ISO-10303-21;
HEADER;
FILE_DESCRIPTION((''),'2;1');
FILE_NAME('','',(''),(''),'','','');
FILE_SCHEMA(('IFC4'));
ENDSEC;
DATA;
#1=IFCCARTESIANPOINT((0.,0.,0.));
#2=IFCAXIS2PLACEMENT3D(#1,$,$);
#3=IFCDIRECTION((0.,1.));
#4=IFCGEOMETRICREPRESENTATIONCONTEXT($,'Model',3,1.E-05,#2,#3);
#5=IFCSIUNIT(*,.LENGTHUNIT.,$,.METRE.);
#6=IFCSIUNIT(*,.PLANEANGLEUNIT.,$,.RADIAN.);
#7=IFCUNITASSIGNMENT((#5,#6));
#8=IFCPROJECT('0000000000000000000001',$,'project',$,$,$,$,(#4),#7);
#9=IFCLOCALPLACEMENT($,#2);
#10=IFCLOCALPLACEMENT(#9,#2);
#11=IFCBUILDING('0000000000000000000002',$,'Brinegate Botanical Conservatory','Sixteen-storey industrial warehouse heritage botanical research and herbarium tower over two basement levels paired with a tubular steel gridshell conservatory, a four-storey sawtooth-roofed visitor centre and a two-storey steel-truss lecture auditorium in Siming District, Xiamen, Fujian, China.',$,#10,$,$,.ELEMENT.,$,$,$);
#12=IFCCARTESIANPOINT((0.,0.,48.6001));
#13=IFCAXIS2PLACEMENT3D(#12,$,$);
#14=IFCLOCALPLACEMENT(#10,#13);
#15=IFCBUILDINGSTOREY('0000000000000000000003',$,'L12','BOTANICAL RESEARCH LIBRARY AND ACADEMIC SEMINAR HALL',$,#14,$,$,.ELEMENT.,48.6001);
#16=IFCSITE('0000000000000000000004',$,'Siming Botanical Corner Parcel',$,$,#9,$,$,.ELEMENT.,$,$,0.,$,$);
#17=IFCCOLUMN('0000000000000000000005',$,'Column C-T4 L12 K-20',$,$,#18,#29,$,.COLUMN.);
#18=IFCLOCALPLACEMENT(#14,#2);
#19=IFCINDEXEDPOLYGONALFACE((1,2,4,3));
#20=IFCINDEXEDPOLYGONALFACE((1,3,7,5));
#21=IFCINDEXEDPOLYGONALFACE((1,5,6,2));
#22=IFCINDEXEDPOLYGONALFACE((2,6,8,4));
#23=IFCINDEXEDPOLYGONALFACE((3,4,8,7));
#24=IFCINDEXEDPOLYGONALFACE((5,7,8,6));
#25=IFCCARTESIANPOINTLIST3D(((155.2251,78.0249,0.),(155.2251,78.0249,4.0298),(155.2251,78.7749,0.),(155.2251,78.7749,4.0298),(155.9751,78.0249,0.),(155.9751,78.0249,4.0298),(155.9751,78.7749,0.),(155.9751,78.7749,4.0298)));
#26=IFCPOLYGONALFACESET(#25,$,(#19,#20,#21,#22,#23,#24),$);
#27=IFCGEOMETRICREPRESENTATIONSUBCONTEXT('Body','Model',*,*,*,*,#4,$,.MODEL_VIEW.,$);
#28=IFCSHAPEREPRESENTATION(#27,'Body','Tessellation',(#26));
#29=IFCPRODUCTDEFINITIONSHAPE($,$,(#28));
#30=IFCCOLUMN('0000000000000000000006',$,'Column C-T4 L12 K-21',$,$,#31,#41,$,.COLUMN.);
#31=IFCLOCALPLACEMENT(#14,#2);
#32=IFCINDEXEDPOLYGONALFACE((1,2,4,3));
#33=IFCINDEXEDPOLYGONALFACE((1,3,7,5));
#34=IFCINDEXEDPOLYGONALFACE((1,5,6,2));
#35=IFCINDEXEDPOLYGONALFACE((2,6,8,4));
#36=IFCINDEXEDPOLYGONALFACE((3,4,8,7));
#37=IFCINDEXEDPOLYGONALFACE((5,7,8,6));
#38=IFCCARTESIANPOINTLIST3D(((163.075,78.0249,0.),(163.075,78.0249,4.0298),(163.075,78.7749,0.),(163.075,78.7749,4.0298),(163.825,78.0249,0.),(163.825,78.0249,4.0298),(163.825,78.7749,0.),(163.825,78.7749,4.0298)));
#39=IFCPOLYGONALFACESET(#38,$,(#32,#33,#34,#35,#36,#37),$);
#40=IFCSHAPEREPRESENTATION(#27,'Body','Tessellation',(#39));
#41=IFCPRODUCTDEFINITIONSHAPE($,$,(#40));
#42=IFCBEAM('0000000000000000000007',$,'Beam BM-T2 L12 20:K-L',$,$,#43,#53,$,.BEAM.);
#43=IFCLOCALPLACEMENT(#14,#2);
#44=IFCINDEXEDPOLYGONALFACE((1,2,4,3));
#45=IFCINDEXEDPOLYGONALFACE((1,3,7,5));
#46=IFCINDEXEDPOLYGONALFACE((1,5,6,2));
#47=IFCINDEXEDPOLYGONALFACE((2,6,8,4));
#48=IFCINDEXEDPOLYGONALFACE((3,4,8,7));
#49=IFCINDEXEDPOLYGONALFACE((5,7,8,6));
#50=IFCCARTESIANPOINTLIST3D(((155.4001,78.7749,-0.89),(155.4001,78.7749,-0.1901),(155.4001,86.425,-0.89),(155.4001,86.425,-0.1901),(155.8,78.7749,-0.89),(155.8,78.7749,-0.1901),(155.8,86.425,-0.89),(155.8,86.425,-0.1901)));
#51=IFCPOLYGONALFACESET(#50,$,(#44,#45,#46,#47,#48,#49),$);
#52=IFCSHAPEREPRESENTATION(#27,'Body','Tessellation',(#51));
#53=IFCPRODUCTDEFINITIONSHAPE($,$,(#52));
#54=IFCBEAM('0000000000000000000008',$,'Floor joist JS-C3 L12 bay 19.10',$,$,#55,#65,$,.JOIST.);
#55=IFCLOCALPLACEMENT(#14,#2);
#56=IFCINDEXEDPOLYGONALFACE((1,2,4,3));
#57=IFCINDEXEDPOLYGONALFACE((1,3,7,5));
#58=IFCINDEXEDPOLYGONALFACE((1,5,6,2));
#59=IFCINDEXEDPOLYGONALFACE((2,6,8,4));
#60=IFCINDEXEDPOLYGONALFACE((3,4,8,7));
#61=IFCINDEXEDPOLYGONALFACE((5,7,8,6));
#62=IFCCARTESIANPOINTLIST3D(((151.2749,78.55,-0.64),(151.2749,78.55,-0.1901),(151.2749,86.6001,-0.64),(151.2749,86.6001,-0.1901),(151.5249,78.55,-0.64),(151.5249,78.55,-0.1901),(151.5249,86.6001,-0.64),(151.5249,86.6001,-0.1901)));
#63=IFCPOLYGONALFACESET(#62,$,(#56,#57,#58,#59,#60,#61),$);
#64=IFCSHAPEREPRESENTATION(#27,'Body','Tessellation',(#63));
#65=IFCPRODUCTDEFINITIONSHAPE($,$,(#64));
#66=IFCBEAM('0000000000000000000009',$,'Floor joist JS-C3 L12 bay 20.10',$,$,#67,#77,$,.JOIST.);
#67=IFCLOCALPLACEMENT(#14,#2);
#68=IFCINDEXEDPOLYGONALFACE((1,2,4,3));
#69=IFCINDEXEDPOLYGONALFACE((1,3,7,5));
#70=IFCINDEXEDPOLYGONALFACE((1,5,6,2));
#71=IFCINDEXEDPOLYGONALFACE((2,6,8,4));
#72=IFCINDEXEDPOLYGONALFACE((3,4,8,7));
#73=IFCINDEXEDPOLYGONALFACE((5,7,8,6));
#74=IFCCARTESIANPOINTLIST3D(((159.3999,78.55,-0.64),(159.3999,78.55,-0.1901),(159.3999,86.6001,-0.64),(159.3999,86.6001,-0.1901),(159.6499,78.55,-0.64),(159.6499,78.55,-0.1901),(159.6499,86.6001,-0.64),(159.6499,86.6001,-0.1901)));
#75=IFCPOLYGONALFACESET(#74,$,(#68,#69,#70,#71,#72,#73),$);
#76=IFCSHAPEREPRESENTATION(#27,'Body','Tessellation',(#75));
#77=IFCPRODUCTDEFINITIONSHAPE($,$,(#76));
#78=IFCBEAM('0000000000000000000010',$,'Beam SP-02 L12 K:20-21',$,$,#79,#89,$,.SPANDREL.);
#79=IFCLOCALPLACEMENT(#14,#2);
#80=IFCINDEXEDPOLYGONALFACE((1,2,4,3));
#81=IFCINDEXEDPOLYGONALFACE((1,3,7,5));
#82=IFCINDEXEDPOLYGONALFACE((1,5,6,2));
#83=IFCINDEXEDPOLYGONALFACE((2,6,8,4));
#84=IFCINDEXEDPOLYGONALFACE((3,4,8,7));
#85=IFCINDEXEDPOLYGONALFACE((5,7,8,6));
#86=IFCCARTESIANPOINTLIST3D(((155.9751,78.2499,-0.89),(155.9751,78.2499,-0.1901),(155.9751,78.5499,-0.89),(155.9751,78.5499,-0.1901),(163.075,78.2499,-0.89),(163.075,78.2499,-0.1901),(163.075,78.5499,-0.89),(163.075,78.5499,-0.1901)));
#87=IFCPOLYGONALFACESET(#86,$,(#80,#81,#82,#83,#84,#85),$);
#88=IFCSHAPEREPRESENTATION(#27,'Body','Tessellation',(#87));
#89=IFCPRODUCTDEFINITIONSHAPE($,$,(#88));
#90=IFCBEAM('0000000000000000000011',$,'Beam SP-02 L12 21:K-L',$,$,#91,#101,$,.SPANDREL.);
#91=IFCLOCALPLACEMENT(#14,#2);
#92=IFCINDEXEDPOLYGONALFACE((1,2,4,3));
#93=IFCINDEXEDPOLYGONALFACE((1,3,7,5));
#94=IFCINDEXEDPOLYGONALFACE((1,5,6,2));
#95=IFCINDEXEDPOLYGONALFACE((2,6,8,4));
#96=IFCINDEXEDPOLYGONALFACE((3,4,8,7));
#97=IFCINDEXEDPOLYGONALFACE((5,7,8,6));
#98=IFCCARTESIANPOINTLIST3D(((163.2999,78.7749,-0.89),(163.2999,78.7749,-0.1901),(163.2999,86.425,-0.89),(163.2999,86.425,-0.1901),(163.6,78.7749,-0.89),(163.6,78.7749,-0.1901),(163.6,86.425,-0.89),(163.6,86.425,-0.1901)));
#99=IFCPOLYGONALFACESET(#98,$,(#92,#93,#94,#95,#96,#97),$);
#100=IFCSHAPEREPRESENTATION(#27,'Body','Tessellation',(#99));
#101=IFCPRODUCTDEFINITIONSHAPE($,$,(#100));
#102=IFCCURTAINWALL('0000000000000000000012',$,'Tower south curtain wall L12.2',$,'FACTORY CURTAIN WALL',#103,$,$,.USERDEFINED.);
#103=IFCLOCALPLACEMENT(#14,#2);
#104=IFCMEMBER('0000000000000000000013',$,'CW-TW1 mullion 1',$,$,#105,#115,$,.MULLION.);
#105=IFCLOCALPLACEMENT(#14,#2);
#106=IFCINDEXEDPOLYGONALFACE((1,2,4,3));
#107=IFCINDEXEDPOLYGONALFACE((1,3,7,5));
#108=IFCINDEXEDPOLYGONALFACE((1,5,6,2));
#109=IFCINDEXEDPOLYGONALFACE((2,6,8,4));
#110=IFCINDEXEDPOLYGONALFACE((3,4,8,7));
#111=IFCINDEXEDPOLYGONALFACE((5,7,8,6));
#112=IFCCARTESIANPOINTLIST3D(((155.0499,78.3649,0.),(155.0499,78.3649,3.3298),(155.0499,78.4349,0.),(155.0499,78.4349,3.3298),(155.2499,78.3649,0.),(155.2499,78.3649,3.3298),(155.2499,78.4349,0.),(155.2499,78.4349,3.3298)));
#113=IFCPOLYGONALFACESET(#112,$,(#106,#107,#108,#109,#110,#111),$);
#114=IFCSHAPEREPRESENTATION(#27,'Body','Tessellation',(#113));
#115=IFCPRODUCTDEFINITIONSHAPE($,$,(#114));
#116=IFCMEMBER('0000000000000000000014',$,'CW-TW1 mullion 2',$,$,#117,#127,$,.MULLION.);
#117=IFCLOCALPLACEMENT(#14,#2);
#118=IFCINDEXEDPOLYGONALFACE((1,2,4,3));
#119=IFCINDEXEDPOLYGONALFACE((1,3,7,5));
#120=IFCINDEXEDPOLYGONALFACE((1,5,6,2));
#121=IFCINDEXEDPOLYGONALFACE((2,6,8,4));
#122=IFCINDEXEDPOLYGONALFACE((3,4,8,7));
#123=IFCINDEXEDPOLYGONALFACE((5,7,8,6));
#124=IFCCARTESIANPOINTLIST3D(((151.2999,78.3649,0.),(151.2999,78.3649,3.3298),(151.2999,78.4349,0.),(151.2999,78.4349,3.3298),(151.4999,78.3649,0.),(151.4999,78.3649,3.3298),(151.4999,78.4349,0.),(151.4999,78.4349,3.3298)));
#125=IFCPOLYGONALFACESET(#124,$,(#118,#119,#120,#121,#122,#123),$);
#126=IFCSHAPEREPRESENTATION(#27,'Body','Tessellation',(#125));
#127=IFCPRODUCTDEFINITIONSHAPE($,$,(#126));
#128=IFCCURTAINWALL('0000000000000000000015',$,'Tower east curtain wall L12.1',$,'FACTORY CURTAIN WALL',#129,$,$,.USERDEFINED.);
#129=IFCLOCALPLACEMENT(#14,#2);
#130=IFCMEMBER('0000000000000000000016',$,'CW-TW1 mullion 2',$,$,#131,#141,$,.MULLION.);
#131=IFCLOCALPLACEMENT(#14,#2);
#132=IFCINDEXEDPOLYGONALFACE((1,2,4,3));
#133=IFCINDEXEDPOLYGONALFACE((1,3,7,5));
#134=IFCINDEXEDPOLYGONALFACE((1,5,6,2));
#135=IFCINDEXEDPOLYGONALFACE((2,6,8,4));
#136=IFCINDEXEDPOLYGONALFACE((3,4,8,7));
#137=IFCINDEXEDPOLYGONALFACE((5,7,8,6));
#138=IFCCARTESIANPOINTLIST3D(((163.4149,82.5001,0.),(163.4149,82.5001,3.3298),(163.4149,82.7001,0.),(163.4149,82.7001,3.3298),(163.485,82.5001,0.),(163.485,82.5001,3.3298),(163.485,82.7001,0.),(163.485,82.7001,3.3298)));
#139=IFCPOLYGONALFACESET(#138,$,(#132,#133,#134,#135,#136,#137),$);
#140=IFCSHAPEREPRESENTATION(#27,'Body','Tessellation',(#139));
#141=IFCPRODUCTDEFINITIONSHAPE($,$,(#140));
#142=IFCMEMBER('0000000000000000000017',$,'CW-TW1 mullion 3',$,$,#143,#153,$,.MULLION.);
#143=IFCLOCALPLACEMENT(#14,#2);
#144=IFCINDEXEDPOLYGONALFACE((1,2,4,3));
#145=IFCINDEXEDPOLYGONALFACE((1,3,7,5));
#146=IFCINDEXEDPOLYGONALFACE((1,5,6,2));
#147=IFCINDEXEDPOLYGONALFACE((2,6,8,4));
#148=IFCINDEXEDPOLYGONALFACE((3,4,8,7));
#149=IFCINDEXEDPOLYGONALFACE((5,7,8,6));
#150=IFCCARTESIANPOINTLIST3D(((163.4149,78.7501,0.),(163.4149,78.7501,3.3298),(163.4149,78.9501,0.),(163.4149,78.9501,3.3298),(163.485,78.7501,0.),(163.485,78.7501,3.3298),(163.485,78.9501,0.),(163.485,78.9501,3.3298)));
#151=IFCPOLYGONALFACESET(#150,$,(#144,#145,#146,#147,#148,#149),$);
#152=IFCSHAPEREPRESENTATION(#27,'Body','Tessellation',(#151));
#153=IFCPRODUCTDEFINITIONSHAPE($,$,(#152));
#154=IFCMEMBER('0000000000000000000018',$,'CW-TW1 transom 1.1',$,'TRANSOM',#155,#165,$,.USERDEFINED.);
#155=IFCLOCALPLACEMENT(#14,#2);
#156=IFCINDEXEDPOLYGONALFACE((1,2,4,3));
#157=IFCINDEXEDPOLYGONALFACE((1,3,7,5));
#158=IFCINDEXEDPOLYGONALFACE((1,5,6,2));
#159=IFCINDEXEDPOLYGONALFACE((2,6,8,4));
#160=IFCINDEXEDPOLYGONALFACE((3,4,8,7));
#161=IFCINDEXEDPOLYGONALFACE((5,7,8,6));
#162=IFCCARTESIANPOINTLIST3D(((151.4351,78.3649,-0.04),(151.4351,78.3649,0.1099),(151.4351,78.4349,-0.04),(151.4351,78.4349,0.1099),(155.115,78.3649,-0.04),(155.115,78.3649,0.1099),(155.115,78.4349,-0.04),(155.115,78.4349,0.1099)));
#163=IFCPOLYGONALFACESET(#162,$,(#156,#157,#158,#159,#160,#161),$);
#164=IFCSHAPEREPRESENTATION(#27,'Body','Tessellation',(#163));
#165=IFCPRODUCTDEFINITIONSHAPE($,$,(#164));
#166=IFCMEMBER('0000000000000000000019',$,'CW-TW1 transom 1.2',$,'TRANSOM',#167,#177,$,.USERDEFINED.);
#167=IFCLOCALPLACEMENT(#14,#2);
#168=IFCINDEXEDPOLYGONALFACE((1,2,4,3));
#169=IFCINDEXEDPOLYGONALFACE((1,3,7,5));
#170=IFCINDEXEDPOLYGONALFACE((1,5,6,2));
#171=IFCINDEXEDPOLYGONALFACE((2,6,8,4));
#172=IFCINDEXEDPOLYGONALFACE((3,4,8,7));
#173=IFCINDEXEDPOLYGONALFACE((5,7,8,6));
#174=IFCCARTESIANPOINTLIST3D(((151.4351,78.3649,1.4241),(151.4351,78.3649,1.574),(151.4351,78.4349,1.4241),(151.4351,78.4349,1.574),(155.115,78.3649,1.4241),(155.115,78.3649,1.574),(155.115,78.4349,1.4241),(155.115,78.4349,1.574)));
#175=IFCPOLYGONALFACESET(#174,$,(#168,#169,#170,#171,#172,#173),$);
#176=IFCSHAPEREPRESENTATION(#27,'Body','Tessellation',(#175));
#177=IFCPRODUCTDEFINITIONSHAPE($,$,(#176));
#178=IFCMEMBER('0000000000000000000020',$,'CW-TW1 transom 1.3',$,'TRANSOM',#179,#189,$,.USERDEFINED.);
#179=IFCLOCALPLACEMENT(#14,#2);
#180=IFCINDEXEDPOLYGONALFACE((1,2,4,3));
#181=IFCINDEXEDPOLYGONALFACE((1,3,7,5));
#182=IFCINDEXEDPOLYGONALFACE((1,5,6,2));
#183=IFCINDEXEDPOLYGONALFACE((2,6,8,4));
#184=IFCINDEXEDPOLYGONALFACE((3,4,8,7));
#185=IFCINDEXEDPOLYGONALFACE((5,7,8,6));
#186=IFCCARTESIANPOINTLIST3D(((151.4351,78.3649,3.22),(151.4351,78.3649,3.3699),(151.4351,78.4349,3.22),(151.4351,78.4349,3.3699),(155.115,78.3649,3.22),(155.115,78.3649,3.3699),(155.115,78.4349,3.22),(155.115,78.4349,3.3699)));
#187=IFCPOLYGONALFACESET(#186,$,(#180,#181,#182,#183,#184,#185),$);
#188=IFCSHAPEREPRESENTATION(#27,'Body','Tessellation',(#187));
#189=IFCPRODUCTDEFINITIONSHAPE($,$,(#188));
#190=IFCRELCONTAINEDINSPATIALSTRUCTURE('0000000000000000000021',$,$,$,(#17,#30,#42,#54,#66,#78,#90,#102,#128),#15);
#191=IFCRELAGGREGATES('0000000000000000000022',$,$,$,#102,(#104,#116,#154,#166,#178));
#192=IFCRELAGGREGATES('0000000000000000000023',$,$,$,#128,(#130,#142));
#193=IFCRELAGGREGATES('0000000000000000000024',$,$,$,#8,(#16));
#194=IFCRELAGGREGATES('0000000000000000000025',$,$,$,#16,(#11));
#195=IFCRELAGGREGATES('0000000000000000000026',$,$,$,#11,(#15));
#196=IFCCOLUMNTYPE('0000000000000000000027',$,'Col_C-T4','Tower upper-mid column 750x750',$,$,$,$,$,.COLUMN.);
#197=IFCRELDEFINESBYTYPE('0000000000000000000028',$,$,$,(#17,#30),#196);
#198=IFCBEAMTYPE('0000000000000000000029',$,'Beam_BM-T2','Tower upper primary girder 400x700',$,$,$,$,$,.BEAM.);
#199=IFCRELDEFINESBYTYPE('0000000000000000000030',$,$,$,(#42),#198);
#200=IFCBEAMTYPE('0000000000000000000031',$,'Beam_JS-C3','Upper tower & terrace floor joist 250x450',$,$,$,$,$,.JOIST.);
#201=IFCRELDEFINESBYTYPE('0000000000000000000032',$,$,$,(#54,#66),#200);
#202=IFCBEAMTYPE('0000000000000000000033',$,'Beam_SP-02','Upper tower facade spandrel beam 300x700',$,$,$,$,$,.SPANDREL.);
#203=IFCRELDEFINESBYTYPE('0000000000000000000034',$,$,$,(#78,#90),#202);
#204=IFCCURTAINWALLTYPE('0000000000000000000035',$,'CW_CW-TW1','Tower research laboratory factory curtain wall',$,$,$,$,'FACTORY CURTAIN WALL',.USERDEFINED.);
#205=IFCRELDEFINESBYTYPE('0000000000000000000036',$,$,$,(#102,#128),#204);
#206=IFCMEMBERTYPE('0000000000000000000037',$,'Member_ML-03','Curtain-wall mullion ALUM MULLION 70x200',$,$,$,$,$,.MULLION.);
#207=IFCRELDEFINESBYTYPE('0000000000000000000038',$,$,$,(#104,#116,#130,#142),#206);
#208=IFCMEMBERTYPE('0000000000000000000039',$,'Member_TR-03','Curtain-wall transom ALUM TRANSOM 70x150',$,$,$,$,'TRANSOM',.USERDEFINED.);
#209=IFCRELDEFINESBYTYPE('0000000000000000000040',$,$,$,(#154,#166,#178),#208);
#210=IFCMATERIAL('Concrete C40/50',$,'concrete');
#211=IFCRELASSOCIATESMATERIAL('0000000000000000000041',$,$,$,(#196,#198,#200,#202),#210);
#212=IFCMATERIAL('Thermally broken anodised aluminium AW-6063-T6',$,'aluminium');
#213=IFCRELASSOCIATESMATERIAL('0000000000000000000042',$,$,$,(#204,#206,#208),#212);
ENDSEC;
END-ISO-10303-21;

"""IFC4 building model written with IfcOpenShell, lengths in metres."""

from ifc_helpers import new_model, si_unit, direction, frame, origin, origin_2d, place, context, subcontext, project, spatial, rectangle, extrude, material, material_profile, profile_set, type_object, element, aggregate, save


model = new_model("IFC4")

# Units and contexts
model_context = context("Model", 3, precision=1e-05, world=origin(), true_north=direction((0.0, 1.0)))
body_context = subcontext(model_context, "Body", "Model", "MODEL_VIEW")
ifc_project = project(units=[si_unit("LENGTHUNIT", "METRE"), si_unit("PLANEANGLEUNIT", "RADIAN")], contexts=[model_context])

# Site, building, storey
site_placement = place(None, origin())
site = spatial("IfcSite", under=ifc_project, at=site_placement, Name="Siming Botanical Corner Parcel", CompositionType="ELEMENT", RefElevation=0.0)
building_placement = place(site_placement, origin())
building = spatial("IfcBuilding", under=site, at=building_placement, Name="Brinegate Botanical Conservatory", Description="Sixteen-storey industrial warehouse heritage botanical research and herbarium tower over two basement levels paired with a tubular steel gridshell conservatory, a four-storey sawtooth-roofed visitor centre and a two-storey steel-truss lecture auditorium in Siming District, Xiamen, Fujian, China.", CompositionType="ELEMENT")
storey_placement = place(building_placement, frame((0.0, 0.0, 48.6001)))
storey = spatial("IfcBuildingStorey", under=building, at=storey_placement, Name="L12", Description="BOTANICAL RESEARCH LIBRARY AND ACADEMIC SEMINAR HALL", CompositionType="ELEMENT", Elevation=48.6001)

# Columns
ifc_material_1 = material(Name="Concrete C40/50", Category="concrete")
ifc_material_profile_1 = material_profile(ifc_material_1, rectangle(XDim=0.75, YDim=0.75, at=origin_2d()), Name="RC COL 750x750")
ifc_profile_set_1 = profile_set([ifc_material_profile_1], Name="Concrete C40/50")
column_type = type_object("IfcColumnType", Name="Col_C-T4", Description="Tower upper-mid column 750x750", PredefinedType="COLUMN", material=ifc_profile_set_1)
for number, where, z_axis, x_axis, name in (
    (1, (155.6001, 78.3999, 0.0), (0.0, 0.0, 1.0), (1.0, 0.0, 0.0), "Column C-T4 L12 K-20"),
    (2, (163.45, 78.3999, 0.0), (0.0, 0.0, 1.0), (1.0, 0.0, 0.0), "Column C-T4 L12 K-21"),
):
    element("IfcColumn", number, at=place(storey_placement, frame(where, z_axis=z_axis, x_axis=x_axis)), inside=storey, type_object=column_type, Name=name, PredefinedType="COLUMN", context=body_context, shape_type="SweptSolid", body=[
        extrude(rectangle(XDim=0.75, YDim=0.75, at=origin_2d()), origin(), (0.0, 0.0, 1.0), 4.0298),
    ])

# Beams
ifc_material_profile_2 = material_profile(ifc_material_1, rectangle(XDim=0.3999, YDim=0.7, at=origin_2d()), Name="RC BM 400x700")
ifc_profile_set_2 = profile_set([ifc_material_profile_2], Name="Concrete C40/50")
beam_type_1 = type_object("IfcBeamType", Name="Beam_BM-T2", Description="Tower upper primary girder 400x700", PredefinedType="BEAM", material=ifc_profile_set_2)
beam_1_placement = place(storey_placement, frame((155.6001, 78.7749, -0.54), z_axis=(0.0, 1.0, 0.0), x_axis=(-1.0, 0.0, 0.0)))
element("IfcBeam", 3, at=beam_1_placement, inside=storey, type_object=beam_type_1, Name="Beam BM-T2 L12 20:K-L", PredefinedType="BEAM", context=body_context, shape_type="SweptSolid", body=[
    extrude(rectangle(XDim=0.3999, YDim=0.7, at=origin_2d()), origin(), (0.0, 0.0, 1.0), 7.6501),
])
ifc_material_profile_3 = material_profile(ifc_material_1, rectangle(XDim=0.25, YDim=0.45, at=origin_2d()), Name="RC JST 250x450")
ifc_profile_set_3 = profile_set([ifc_material_profile_3], Name="Concrete C40/50")
beam_type_2 = type_object("IfcBeamType", Name="Beam_JS-C3", Description="Upper tower & terrace floor joist 250x450", PredefinedType="JOIST", material=ifc_profile_set_3)
for number, where, z_axis, x_axis, name in (
    (4, (151.3999, 78.55, -0.415), (0.0, 1.0, 0.0), (-1.0, 0.0, 0.0), "Floor joist JS-C3 L12 bay 19.10"),
    (5, (159.5249, 78.55, -0.415), (0.0, 1.0, 0.0), (-1.0, 0.0, 0.0), "Floor joist JS-C3 L12 bay 20.10"),
):
    element("IfcBeam", number, at=place(storey_placement, frame(where, z_axis=z_axis, x_axis=x_axis)), inside=storey, type_object=beam_type_2, Name=name, PredefinedType="JOIST", context=body_context, shape_type="SweptSolid", body=[
        extrude(rectangle(XDim=0.25, YDim=0.45, at=origin_2d()), origin(), (0.0, 0.0, 1.0), 8.05),
    ])
ifc_material_profile_4 = material_profile(ifc_material_1, rectangle(XDim=0.3, YDim=0.7, at=origin_2d()), Name="RC SPN 300x700")
ifc_profile_set_4 = profile_set([ifc_material_profile_4], Name="Concrete C40/50")
beam_type_3 = type_object("IfcBeamType", Name="Beam_SP-02", Description="Upper tower facade spandrel beam 300x700", PredefinedType="SPANDREL", material=ifc_profile_set_4)
beam_2_placement = place(storey_placement, frame((155.9751, 78.3999, -0.54), z_axis=(1.0, 0.0, 0.0), x_axis=(0.0, 1.0, 0.0)))
element("IfcBeam", 6, at=beam_2_placement, inside=storey, type_object=beam_type_3, Name="Beam SP-02 L12 K:20-21", PredefinedType="SPANDREL", context=body_context, shape_type="SweptSolid", body=[
    extrude(rectangle(XDim=0.3, YDim=0.7, at=origin_2d()), origin(), (0.0, 0.0, 1.0), 7.0999),
])
beam_3_placement = place(storey_placement, frame((163.45, 78.7749, -0.54), z_axis=(0.0, 1.0, 0.0), x_axis=(-1.0, 0.0, 0.0)))
element("IfcBeam", 7, at=beam_3_placement, inside=storey, type_object=beam_type_3, Name="Beam SP-02 L12 21:K-L", PredefinedType="SPANDREL", context=body_context, shape_type="SweptSolid", body=[
    extrude(rectangle(XDim=0.3, YDim=0.7, at=origin_2d()), origin(), (0.0, 0.0, 1.0), 7.6501),
])

# Curtain walls, members
ifc_material_2 = material(Name="Thermally broken anodised aluminium AW-6063-T6", Category="aluminium")
curtain_wall_type = type_object("IfcCurtainWallType", Name="CW_CW-TW1", Description="Tower research laboratory factory curtain wall", ElementType="FACTORY CURTAIN WALL", PredefinedType="USERDEFINED", material=ifc_material_2)
curtain_wall_1_placement = place(storey_placement, origin())
curtain_wall_1 = element("IfcCurtainWall", 8, at=curtain_wall_1_placement, inside=storey, type_object=curtain_wall_type, Name="Tower south curtain wall L12.2", ObjectType="FACTORY CURTAIN WALL", PredefinedType="USERDEFINED")
ifc_material_profile_5 = material_profile(ifc_material_2, rectangle(XDim=0.0701, YDim=0.2, at=origin_2d()), Name="ALUM MULLION 70x200")
ifc_profile_set_5 = profile_set([ifc_material_profile_5], Name="Thermally broken anodised aluminium AW-6063-T6")
member_type_1 = type_object("IfcMemberType", Name="Member_ML-03", Description="Curtain-wall mullion ALUM MULLION 70x200", PredefinedType="MULLION", material=ifc_profile_set_5)
member_1_placement = place(storey_placement, frame((155.1499, 78.3999, 0.0), z_axis=(0.0, 0.0, 1.0), x_axis=(0.0, -1.0, 0.0)))
member_1 = element("IfcMember", 9, at=member_1_placement, type_object=member_type_1, Name="CW-TW1 mullion 1", PredefinedType="MULLION", context=body_context, shape_type="SweptSolid", body=[
    extrude(rectangle(XDim=0.0701, YDim=0.2, at=origin_2d()), origin(), (0.0, 0.0, 1.0), 3.3298),
])
member_2_placement = place(storey_placement, frame((151.3999, 78.3999, 0.0), z_axis=(0.0, 0.0, 1.0), x_axis=(0.0, -1.0, 0.0)))
member_2 = element("IfcMember", 10, at=member_2_placement, type_object=member_type_1, Name="CW-TW1 mullion 2", PredefinedType="MULLION", context=body_context, shape_type="SweptSolid", body=[
    extrude(rectangle(XDim=0.0701, YDim=0.2, at=origin_2d()), origin(), (0.0, 0.0, 1.0), 3.3298),
])
curtain_wall_2_placement = place(storey_placement, origin())
curtain_wall_2 = element("IfcCurtainWall", 11, at=curtain_wall_2_placement, inside=storey, type_object=curtain_wall_type, Name="Tower east curtain wall L12.1", ObjectType="FACTORY CURTAIN WALL", PredefinedType="USERDEFINED")
member_3_placement = place(storey_placement, frame((163.45, 82.6001, 0.0), z_axis=(0.0, 0.0, 1.0), x_axis=(1.0, 0.0, 0.0)))
member_3 = element("IfcMember", 12, at=member_3_placement, type_object=member_type_1, Name="CW-TW1 mullion 2", PredefinedType="MULLION", context=body_context, shape_type="SweptSolid", body=[
    extrude(rectangle(XDim=0.0701, YDim=0.2, at=origin_2d()), origin(), (0.0, 0.0, 1.0), 3.3298),
])
member_4_placement = place(storey_placement, frame((163.45, 78.8501, 0.0), z_axis=(0.0, 0.0, 1.0), x_axis=(1.0, 0.0, 0.0)))
member_4 = element("IfcMember", 13, at=member_4_placement, type_object=member_type_1, Name="CW-TW1 mullion 3", PredefinedType="MULLION", context=body_context, shape_type="SweptSolid", body=[
    extrude(rectangle(XDim=0.0701, YDim=0.2, at=origin_2d()), origin(), (0.0, 0.0, 1.0), 3.3298),
])

# Members
ifc_material_profile_6 = material_profile(ifc_material_2, rectangle(XDim=0.0701, YDim=0.1499, at=origin_2d()), Name="ALUM TRANSOM 70x150")
ifc_profile_set_6 = profile_set([ifc_material_profile_6], Name="Thermally broken anodised aluminium AW-6063-T6")
member_type_2 = type_object("IfcMemberType", Name="Member_TR-03", Description="Curtain-wall transom ALUM TRANSOM 70x150", ElementType="TRANSOM", PredefinedType="USERDEFINED", material=ifc_profile_set_6)
member_5_placement = place(storey_placement, frame((155.115, 78.3999, 0.0349), z_axis=(-1.0, 0.0, 0.0), x_axis=(0.0, -1.0, 0.0)))
member_5 = element("IfcMember", 14, at=member_5_placement, type_object=member_type_2, Name="CW-TW1 transom 1.1", ObjectType="TRANSOM", PredefinedType="USERDEFINED", context=body_context, shape_type="SweptSolid", body=[
    extrude(rectangle(XDim=0.0701, YDim=0.1499, at=origin_2d()), origin(), (0.0, 0.0, 1.0), 3.6799),
])
member_6_placement = place(storey_placement, frame((155.115, 78.3999, 1.499), z_axis=(-1.0, 0.0, 0.0), x_axis=(0.0, -1.0, 0.0)))
member_6 = element("IfcMember", 15, at=member_6_placement, type_object=member_type_2, Name="CW-TW1 transom 1.2", ObjectType="TRANSOM", PredefinedType="USERDEFINED", context=body_context, shape_type="SweptSolid", body=[
    extrude(rectangle(XDim=0.0701, YDim=0.1499, at=origin_2d()), origin(), (0.0, 0.0, 1.0), 3.6799),
])
member_7_placement = place(storey_placement, frame((155.115, 78.3999, 3.2949), z_axis=(-1.0, 0.0, 0.0), x_axis=(0.0, -1.0, 0.0)))
member_7 = element("IfcMember", 16, at=member_7_placement, type_object=member_type_2, Name="CW-TW1 transom 1.3", ObjectType="TRANSOM", PredefinedType="USERDEFINED", context=body_context, shape_type="SweptSolid", body=[
    extrude(rectangle(XDim=0.0701, YDim=0.1499, at=origin_2d()), origin(), (0.0, 0.0, 1.0), 3.6799),
])

aggregate(curtain_wall_1, [member_1, member_2, member_5, member_6, member_7])
aggregate(curtain_wall_2, [member_3, member_4])

save(model, "model.ifc")
